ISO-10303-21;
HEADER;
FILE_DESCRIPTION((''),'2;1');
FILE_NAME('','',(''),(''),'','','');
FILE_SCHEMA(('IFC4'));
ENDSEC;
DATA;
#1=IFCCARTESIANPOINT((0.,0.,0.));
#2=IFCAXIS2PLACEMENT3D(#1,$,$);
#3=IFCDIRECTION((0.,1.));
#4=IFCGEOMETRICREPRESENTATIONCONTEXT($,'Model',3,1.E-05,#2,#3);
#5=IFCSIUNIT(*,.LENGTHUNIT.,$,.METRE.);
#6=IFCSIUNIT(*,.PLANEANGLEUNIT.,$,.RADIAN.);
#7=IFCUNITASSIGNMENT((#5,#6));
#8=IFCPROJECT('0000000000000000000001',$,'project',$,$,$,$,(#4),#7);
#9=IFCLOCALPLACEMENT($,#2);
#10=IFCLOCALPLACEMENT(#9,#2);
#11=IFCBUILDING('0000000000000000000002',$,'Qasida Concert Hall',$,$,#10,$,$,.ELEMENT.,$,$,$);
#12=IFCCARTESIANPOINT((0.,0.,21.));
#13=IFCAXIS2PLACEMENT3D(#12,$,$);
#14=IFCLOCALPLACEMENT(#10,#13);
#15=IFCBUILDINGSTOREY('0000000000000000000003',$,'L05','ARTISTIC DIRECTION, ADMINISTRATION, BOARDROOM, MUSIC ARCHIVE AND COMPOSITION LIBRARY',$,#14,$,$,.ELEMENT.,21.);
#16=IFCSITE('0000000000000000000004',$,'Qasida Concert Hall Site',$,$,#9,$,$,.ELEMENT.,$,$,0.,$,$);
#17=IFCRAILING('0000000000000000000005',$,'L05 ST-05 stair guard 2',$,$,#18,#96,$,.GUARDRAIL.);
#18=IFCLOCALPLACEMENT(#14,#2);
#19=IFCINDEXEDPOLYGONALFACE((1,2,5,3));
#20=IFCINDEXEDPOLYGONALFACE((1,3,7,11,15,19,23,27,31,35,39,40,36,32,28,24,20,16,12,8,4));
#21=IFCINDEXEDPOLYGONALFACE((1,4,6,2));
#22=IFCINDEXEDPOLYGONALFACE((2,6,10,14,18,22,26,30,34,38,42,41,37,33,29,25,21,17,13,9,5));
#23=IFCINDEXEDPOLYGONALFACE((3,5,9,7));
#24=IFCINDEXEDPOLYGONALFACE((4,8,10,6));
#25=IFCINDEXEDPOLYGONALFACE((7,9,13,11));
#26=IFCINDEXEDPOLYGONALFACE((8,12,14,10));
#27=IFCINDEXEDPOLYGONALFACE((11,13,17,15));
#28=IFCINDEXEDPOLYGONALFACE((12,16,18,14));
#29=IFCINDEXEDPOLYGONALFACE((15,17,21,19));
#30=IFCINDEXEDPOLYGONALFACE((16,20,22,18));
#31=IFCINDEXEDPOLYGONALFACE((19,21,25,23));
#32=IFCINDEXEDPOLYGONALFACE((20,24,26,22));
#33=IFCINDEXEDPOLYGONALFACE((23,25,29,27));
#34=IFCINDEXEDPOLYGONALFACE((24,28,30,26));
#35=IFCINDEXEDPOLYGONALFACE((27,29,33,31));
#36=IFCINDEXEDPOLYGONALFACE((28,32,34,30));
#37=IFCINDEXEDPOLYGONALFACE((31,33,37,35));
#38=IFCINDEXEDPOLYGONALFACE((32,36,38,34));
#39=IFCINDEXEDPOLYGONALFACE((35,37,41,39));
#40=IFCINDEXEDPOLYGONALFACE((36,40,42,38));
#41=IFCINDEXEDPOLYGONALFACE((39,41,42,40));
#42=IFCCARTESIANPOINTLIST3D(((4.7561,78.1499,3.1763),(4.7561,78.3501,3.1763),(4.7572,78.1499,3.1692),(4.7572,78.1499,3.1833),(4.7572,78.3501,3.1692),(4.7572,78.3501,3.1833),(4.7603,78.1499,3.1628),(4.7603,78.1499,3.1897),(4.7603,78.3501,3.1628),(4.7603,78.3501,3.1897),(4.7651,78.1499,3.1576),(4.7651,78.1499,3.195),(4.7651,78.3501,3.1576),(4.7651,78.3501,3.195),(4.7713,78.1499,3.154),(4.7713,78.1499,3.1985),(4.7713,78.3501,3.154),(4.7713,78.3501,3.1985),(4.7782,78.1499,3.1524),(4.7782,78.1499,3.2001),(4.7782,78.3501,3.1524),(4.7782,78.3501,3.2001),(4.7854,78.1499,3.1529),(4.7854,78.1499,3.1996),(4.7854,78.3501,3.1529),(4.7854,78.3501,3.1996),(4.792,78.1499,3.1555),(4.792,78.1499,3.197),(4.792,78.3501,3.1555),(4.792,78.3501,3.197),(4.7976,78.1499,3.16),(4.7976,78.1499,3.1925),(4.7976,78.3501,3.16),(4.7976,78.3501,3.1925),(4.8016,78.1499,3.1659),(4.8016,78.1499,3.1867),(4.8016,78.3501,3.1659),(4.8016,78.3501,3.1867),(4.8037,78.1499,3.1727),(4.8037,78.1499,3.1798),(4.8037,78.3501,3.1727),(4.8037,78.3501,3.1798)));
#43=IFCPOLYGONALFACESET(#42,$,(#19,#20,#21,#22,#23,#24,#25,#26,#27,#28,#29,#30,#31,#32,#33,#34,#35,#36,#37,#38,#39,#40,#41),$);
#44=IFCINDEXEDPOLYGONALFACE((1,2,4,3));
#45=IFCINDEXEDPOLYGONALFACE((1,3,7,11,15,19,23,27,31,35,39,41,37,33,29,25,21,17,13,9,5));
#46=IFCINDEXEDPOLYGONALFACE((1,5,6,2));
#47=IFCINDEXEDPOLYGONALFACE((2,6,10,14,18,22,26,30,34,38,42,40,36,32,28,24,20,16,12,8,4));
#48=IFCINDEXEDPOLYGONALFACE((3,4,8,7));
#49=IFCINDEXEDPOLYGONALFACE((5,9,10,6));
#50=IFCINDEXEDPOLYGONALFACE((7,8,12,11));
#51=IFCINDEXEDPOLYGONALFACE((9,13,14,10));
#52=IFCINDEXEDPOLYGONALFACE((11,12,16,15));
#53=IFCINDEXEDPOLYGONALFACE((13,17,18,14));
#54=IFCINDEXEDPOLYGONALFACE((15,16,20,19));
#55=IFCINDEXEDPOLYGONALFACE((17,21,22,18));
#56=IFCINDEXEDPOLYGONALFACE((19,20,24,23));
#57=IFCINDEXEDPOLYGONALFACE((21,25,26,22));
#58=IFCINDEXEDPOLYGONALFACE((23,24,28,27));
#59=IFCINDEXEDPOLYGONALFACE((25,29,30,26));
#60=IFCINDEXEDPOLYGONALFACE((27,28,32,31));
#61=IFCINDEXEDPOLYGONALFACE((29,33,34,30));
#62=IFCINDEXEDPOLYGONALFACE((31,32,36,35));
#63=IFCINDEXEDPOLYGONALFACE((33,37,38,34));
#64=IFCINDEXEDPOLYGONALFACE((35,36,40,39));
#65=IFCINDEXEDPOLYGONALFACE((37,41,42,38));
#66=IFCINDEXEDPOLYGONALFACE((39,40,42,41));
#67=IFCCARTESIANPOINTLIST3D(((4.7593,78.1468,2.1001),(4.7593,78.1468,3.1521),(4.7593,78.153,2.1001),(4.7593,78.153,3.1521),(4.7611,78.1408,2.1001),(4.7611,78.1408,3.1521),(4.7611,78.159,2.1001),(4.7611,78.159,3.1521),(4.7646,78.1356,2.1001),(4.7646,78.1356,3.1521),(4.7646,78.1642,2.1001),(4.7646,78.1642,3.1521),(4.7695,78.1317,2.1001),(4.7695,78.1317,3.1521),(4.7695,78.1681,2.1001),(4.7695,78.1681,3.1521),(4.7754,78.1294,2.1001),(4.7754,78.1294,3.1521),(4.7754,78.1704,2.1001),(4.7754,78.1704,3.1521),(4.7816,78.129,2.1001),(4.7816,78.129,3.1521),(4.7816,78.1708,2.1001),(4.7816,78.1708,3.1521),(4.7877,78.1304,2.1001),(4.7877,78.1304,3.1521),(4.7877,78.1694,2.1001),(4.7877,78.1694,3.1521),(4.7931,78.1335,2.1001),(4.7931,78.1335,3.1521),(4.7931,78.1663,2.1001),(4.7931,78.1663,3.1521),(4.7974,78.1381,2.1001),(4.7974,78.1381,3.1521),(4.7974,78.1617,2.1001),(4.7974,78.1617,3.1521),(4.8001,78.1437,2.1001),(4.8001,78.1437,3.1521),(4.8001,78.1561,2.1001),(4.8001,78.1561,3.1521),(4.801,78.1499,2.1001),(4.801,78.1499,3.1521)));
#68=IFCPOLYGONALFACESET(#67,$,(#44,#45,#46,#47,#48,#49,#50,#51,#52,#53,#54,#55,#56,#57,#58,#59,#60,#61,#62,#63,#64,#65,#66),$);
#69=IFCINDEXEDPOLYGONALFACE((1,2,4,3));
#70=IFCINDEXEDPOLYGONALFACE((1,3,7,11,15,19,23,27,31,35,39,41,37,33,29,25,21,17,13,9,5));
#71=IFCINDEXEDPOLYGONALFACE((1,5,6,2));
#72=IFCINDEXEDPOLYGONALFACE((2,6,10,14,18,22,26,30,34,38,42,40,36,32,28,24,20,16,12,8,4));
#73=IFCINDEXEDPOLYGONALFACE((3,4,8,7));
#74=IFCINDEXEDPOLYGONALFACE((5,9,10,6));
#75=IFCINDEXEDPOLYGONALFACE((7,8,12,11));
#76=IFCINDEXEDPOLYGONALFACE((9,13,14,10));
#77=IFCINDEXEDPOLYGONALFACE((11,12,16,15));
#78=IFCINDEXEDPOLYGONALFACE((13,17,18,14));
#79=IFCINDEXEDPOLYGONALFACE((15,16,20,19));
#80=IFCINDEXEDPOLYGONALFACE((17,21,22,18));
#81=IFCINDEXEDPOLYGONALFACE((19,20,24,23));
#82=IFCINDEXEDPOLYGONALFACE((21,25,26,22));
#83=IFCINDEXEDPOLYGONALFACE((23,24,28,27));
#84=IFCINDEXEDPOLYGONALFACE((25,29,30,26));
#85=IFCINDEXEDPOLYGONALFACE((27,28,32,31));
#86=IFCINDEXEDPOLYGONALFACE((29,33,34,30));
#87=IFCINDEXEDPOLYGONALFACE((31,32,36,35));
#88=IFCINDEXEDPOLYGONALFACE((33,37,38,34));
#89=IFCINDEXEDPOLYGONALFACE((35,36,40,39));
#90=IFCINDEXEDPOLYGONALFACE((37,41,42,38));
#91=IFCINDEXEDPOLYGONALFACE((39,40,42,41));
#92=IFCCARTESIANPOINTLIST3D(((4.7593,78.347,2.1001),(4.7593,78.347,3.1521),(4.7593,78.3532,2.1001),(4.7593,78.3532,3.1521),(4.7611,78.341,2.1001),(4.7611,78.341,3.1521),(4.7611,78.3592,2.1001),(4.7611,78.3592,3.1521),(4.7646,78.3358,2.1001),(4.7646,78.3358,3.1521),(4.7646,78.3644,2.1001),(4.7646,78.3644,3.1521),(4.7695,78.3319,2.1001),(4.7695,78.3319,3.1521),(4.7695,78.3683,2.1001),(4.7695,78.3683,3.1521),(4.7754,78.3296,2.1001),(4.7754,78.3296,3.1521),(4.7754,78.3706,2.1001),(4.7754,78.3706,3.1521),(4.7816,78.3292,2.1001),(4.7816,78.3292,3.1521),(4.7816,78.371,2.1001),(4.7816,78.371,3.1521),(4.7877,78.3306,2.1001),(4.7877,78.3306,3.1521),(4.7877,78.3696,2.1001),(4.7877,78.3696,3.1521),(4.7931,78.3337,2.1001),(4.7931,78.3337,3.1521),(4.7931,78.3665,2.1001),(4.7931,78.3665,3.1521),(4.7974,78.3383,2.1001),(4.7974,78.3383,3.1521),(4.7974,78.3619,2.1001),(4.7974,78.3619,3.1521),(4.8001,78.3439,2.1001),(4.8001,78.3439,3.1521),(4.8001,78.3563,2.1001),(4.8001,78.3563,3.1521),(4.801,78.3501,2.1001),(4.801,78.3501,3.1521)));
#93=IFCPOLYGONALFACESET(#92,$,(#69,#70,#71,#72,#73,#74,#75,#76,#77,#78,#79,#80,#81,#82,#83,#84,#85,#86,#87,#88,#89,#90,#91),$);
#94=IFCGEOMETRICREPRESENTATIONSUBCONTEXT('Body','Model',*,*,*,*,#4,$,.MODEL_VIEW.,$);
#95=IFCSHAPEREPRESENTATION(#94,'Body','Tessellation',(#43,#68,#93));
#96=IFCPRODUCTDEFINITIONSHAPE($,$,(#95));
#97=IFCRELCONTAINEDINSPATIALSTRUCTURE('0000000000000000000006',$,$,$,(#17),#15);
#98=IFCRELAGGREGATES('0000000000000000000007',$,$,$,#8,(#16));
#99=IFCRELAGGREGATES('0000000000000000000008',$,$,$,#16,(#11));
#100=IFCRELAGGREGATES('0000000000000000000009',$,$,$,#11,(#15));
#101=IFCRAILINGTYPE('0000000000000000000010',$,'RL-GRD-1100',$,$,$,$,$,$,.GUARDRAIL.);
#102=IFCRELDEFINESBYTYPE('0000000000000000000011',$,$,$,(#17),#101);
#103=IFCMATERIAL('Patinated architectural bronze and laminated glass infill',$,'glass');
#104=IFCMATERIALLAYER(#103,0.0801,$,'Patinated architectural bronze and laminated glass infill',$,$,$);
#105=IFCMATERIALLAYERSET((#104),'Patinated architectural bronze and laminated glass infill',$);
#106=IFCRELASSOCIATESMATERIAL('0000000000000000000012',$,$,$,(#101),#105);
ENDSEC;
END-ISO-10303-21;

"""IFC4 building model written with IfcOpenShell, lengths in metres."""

from ifc_helpers import new_model, si_unit, direction, frame, origin, origin_2d, place, context, subcontext, project, spatial, circle, extrude, material, layer, layer_set, type_object, element, save


model = new_model("IFC4")

# Units and contexts
model_context = context("Model", 3, precision=1e-05, world=origin(), true_north=direction((0.0, 1.0)))
body_context = subcontext(model_context, "Body", "Model", "MODEL_VIEW")
ifc_project = project(units=[si_unit("LENGTHUNIT", "METRE"), si_unit("PLANEANGLEUNIT", "RADIAN")], contexts=[model_context])

# Site, building, storey
site_placement = place(None, origin())
site = spatial("IfcSite", under=ifc_project, at=site_placement, Name="Qasida Concert Hall Site", CompositionType="ELEMENT", RefElevation=0.0)
building_placement = place(site_placement, origin())
building = spatial("IfcBuilding", under=site, at=building_placement, Name="Qasida Concert Hall", CompositionType="ELEMENT")
storey_placement = place(building_placement, frame((0.0, 0.0, 21.0)))
storey = spatial("IfcBuildingStorey", under=building, at=storey_placement, Name="L05", Description="ARTISTIC DIRECTION, ADMINISTRATION, BOARDROOM, MUSIC ARCHIVE AND COMPOSITION LIBRARY", CompositionType="ELEMENT", Elevation=21.0)

# Railing
ifc_material_1 = material(Name="Patinated architectural bronze and laminated glass infill", Category="glass")
ifc_layer_1 = layer(ifc_material_1, 0.0801, Name="Patinated architectural bronze and laminated glass infill")
ifc_layer_set_1 = layer_set([ifc_layer_1], Name="Patinated architectural bronze and laminated glass infill")
railing_type_1 = type_object("IfcRailingType", Name="RL-GRD-1100", PredefinedType="GUARDRAIL", material=ifc_layer_set_1)
railing_1_placement = place(storey_placement, frame((4.78, 78.1499, 2.1001)))
element("IfcRailing", 1, at=railing_1_placement, inside=storey, type_object=railing_type_1, Name="L05 ST-05 stair guard 2", PredefinedType="GUARDRAIL", context=body_context, shape_type="SweptSolid", body=[
    extrude(circle(Radius=0.0239, at=origin_2d()), frame((0.0, 0.0, 1.0762), z_axis=(0.0, 1.0, 0.0), x_axis=(-1.0, 0.0, 0.0)), (0.0, 0.0, 1.0), 0.2002),
    extrude(circle(Radius=0.021, at=origin_2d()), origin(), (0.0, 0.0, 1.0), 1.052),
    extrude(circle(Radius=0.021, at=origin_2d()), frame((0.0, 0.2002, 0.0)), (0.0, 0.0, 1.0), 1.052),
])

save(model, "model.ifc")
